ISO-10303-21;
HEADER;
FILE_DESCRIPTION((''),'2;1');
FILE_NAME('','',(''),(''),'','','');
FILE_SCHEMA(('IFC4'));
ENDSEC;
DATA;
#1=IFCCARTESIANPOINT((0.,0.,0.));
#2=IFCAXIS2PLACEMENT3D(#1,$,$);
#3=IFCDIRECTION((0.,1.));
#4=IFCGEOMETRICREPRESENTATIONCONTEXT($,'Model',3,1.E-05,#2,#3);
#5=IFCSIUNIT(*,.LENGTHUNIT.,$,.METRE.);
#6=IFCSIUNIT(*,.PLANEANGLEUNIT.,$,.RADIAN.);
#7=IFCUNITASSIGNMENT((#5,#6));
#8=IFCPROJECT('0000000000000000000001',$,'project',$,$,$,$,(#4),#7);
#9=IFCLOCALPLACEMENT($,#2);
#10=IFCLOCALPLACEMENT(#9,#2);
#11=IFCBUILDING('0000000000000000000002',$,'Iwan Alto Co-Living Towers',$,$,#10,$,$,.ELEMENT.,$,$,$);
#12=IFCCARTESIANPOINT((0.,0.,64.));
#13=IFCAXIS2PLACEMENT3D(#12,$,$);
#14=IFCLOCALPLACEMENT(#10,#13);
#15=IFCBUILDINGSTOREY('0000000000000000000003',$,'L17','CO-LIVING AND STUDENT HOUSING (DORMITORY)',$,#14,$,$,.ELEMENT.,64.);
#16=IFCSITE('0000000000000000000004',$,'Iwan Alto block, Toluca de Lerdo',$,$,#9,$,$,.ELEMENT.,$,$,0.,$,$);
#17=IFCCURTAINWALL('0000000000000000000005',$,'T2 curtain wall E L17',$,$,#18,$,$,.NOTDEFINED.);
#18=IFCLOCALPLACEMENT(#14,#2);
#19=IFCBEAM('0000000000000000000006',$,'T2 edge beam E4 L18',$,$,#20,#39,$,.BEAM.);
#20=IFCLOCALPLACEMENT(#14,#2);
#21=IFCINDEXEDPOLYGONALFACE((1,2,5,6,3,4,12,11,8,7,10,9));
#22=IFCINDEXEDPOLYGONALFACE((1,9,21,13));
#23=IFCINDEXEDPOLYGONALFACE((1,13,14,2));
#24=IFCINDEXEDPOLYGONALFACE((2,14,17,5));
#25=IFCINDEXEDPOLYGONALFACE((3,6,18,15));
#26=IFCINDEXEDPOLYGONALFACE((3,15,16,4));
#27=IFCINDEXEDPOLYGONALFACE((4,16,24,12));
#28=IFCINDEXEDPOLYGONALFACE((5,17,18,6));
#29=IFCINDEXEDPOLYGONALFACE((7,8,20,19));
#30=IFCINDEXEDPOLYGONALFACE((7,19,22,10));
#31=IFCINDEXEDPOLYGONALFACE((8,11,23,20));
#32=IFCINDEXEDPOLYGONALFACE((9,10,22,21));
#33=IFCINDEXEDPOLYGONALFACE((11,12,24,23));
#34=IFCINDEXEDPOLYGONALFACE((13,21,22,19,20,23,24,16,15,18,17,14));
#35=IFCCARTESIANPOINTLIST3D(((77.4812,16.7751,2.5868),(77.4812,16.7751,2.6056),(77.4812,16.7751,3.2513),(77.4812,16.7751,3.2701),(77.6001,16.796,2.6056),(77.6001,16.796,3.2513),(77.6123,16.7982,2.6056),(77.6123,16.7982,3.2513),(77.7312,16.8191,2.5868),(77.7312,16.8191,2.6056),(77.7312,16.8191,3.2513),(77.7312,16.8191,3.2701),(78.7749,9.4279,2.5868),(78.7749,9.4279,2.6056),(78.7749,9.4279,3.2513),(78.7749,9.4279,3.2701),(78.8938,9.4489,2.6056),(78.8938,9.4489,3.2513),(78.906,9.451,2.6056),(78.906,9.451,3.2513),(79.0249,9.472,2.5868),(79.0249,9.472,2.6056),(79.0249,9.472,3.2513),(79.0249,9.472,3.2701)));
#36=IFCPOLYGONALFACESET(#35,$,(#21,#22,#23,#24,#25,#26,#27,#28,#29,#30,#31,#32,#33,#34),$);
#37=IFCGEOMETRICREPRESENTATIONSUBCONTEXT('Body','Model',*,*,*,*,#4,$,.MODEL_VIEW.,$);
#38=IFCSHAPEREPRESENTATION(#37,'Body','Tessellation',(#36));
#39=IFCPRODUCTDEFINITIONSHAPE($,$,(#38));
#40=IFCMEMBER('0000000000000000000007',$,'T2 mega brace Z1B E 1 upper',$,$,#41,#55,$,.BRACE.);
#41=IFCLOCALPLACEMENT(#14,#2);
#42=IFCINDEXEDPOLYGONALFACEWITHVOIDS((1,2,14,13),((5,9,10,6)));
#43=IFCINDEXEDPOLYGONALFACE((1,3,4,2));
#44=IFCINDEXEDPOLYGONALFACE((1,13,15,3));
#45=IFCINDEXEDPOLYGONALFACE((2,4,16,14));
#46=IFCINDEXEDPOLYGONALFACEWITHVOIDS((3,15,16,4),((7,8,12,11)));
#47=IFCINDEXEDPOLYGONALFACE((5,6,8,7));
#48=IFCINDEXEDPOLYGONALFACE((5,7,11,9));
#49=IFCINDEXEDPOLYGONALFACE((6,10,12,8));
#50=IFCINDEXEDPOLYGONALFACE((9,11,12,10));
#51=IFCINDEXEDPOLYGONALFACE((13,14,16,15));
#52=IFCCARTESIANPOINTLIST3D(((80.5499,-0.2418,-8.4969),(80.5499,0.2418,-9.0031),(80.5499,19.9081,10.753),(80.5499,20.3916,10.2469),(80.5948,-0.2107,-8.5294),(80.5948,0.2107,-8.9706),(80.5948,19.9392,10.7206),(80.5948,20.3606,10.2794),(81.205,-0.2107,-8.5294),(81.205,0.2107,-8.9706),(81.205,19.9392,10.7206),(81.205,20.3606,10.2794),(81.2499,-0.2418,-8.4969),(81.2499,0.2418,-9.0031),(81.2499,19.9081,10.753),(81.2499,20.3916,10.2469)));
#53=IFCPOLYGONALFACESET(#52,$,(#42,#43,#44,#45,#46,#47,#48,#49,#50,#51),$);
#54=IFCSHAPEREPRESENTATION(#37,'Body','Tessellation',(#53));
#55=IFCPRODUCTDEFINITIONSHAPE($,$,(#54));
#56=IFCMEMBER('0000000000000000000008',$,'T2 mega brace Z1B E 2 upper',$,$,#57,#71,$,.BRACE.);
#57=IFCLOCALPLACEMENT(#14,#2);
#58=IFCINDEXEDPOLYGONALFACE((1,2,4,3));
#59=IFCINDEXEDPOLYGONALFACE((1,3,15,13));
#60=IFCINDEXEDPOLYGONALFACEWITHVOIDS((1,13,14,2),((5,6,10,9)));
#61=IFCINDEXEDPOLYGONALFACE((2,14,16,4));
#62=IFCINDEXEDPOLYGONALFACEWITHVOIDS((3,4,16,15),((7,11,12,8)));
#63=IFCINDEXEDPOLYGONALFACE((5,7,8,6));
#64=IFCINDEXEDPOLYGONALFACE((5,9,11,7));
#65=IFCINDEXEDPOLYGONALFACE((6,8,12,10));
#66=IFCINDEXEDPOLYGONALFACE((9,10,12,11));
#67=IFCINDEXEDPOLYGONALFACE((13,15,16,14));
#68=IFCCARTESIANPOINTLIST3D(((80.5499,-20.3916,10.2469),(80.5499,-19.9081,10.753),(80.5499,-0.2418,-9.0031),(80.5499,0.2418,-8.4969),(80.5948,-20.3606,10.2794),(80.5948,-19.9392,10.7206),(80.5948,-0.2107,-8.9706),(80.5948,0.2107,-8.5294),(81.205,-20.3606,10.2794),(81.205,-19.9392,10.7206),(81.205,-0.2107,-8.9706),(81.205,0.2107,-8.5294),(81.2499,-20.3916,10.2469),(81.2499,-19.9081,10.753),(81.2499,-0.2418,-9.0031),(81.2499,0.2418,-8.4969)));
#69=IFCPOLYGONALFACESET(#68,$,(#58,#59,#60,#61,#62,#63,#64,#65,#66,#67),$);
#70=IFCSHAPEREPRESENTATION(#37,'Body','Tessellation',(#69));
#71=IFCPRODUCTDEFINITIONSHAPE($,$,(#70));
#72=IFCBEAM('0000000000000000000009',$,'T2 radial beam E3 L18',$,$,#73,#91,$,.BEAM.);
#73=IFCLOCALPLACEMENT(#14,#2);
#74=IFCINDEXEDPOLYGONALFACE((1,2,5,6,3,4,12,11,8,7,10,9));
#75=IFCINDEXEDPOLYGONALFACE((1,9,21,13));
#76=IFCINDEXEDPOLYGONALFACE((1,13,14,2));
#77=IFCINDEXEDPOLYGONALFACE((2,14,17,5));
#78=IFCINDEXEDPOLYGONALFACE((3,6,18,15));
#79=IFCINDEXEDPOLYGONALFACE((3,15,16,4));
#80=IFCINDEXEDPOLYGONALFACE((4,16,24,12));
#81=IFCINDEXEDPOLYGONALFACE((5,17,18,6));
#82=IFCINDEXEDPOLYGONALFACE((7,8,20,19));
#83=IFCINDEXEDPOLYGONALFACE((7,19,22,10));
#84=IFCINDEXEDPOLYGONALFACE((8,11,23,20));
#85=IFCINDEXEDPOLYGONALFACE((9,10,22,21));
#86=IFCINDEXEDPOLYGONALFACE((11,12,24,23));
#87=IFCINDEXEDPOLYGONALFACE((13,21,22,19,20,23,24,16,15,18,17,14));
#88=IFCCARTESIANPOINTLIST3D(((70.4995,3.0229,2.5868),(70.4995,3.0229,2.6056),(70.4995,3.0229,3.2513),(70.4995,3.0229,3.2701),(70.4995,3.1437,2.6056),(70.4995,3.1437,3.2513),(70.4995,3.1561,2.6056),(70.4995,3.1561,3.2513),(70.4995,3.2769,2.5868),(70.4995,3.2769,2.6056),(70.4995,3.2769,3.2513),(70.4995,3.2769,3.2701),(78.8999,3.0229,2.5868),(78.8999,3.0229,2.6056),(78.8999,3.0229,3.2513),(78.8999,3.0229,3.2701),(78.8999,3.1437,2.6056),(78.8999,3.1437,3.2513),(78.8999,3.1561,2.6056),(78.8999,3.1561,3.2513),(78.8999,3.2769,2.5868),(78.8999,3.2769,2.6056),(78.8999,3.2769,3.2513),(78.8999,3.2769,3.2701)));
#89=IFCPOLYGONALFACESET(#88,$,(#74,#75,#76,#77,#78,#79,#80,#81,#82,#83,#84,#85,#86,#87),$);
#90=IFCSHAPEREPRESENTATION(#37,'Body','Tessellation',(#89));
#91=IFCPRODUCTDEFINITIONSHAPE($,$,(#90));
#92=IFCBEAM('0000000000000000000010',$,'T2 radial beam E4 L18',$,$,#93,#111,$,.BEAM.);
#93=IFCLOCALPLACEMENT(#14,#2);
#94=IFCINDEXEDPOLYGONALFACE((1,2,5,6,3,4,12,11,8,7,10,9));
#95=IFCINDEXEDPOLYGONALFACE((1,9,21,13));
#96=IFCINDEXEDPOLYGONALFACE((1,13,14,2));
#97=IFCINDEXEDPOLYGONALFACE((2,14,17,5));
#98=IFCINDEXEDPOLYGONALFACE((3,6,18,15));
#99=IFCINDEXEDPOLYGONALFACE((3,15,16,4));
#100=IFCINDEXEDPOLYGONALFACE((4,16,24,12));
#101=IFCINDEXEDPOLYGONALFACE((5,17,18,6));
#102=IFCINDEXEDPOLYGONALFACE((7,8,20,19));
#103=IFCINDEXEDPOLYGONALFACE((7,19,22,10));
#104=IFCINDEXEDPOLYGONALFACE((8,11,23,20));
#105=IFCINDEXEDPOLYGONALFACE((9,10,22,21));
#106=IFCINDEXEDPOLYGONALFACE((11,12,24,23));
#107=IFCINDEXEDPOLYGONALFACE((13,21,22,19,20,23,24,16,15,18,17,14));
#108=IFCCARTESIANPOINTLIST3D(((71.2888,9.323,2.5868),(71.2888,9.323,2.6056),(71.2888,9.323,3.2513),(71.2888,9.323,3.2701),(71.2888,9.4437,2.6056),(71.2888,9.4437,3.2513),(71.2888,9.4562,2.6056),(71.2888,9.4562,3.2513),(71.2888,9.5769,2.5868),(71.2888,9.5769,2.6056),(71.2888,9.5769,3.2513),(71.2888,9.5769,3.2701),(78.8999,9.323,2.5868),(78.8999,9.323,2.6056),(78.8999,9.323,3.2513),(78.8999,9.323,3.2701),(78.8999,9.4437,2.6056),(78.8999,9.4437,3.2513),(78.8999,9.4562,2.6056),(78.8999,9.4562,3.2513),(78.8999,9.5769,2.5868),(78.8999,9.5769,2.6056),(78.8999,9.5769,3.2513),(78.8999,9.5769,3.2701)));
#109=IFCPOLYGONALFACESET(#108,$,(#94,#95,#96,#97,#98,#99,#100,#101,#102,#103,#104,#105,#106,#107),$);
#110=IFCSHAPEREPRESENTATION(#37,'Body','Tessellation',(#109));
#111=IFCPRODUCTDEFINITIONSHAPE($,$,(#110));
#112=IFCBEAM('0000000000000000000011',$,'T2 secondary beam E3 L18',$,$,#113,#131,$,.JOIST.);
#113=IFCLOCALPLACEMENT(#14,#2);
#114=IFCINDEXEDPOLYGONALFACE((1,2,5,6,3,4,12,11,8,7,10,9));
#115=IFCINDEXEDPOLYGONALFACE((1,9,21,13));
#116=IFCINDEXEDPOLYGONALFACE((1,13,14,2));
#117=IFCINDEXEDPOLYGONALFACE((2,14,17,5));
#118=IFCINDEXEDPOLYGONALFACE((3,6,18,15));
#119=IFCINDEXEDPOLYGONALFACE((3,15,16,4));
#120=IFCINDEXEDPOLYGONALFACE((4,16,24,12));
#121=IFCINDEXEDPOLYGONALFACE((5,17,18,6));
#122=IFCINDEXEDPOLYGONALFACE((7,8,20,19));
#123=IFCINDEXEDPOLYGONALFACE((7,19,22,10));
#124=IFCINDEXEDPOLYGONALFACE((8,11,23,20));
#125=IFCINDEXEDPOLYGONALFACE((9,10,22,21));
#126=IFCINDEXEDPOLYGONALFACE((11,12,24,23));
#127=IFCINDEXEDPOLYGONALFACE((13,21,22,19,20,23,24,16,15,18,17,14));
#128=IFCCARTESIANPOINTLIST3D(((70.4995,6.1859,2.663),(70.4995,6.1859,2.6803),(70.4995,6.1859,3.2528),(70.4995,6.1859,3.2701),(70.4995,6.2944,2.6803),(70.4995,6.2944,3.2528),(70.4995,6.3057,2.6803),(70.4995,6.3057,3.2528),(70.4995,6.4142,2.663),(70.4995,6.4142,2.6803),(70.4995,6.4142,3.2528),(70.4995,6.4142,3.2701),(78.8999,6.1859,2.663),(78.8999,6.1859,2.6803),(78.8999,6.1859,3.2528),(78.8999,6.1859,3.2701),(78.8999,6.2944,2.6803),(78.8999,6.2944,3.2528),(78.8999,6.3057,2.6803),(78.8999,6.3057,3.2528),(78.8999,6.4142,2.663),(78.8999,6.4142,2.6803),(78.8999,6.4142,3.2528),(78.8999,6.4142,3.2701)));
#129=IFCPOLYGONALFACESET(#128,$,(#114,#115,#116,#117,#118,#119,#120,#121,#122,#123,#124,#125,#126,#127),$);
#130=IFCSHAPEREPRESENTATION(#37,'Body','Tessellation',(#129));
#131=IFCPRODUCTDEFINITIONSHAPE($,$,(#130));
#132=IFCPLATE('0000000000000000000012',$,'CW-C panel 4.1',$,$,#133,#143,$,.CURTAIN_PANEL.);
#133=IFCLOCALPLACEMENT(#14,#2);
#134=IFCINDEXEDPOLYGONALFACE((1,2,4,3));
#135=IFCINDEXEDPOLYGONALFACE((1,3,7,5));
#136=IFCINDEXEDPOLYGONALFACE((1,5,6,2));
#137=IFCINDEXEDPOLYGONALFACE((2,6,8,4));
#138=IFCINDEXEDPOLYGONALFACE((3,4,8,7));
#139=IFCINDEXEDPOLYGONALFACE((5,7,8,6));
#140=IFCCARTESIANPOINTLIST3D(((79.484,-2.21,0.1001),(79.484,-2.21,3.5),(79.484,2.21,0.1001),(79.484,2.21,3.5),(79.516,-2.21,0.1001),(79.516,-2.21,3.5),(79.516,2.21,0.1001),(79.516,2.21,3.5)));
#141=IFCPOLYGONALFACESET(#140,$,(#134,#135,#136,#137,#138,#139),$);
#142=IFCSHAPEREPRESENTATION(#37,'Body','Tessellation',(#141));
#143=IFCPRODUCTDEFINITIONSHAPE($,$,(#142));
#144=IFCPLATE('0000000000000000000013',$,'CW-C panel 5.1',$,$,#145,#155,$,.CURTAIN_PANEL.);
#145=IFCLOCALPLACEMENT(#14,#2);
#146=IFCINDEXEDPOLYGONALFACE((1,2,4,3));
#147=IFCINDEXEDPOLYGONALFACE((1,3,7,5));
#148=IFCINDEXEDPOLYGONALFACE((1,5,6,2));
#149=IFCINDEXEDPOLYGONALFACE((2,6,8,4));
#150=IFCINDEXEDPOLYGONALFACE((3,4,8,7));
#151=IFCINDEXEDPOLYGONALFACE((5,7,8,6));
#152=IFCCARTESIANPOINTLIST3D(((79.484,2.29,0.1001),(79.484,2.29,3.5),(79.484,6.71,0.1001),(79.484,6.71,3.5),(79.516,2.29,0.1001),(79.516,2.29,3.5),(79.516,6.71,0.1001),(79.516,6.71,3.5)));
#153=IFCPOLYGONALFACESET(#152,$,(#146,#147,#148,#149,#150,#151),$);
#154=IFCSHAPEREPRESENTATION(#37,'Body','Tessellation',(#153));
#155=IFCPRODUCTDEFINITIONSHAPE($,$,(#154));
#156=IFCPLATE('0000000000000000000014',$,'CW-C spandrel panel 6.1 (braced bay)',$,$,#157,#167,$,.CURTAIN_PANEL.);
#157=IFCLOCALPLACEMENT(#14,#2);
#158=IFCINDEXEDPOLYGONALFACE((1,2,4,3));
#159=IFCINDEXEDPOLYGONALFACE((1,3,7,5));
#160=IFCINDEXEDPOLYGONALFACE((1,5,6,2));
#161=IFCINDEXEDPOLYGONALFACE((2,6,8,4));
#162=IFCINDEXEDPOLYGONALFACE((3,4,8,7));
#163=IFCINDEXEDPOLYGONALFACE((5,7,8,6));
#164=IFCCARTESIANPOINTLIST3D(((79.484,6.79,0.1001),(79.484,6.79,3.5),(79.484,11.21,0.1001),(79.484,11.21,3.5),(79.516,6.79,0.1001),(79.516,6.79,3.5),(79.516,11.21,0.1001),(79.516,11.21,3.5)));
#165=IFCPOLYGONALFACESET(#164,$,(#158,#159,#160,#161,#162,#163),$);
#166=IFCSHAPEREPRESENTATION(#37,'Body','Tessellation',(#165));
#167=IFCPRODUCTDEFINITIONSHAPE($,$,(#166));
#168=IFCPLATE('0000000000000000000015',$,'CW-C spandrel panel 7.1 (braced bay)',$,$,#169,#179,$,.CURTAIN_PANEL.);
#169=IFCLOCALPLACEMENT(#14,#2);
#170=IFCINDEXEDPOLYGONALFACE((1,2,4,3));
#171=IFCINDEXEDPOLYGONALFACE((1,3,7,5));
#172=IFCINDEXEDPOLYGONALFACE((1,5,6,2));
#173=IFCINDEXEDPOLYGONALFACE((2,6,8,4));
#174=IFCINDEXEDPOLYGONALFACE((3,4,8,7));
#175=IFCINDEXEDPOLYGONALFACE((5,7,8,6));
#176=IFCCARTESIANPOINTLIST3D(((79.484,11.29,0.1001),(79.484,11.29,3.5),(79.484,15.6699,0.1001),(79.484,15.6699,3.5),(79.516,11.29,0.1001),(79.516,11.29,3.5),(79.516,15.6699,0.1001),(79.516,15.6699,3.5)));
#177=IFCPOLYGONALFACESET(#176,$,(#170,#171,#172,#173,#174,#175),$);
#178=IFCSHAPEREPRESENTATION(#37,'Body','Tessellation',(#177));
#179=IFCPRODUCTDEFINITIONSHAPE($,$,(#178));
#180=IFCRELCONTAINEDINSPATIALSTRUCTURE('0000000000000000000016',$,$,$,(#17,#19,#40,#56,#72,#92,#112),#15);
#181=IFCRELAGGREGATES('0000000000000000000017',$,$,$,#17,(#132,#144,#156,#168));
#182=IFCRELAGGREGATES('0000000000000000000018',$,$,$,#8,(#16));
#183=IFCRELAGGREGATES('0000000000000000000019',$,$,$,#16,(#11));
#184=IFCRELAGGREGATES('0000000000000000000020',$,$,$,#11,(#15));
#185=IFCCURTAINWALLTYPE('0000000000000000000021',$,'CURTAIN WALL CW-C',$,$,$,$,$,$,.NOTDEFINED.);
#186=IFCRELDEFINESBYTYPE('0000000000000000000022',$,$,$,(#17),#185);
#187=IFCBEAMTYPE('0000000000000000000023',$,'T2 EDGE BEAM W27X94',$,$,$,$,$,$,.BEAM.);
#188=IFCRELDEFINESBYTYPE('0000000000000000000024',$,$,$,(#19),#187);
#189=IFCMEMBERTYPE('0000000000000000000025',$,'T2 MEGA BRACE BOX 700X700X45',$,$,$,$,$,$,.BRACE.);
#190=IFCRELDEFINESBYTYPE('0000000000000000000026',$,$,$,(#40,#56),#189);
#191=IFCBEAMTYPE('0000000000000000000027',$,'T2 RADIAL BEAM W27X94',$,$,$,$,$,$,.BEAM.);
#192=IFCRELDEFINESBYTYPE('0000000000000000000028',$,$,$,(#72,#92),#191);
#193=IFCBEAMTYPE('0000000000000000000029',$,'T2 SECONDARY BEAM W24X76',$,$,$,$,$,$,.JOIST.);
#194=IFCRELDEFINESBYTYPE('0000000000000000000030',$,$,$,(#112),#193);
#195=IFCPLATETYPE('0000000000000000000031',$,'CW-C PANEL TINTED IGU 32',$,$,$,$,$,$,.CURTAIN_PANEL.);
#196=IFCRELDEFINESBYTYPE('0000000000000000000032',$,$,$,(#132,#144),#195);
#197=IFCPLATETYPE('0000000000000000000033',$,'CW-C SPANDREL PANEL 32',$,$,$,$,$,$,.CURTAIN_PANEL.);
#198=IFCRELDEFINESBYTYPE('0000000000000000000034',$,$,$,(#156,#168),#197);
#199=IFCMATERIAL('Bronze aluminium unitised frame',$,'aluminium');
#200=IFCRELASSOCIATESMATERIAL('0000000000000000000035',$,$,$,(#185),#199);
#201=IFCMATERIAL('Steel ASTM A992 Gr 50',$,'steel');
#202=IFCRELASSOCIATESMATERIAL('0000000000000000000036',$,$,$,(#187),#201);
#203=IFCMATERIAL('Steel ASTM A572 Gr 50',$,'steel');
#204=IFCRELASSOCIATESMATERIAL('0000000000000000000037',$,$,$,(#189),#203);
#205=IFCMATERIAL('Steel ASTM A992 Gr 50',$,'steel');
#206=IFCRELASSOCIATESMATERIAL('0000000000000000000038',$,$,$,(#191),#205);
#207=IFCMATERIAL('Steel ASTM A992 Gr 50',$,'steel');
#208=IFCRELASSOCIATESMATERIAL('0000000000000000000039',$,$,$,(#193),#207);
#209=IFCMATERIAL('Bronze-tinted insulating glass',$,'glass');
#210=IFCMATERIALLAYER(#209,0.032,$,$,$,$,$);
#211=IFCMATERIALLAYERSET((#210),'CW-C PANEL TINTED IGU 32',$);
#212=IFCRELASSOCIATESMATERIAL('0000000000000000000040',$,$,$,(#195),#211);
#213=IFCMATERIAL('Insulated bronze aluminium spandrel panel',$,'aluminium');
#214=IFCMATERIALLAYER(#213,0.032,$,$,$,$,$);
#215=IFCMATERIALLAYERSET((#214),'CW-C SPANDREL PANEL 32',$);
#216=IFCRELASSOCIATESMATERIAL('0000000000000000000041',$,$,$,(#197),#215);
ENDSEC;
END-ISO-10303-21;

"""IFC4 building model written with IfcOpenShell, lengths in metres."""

from ifc_helpers import new_model, si_unit, direction, frame, origin, origin_2d, place, context, subcontext, project, spatial, rectangle, hollow_rectangle, i_section, extrude, material, layer, layer_set, material_profile, profile_set, type_object, element, aggregate, save


model = new_model("IFC4")

# Units and contexts
model_context = context("Model", 3, precision=1e-05, world=origin(), true_north=direction((0.0, 1.0)))
body_context = subcontext(model_context, "Body", "Model", "MODEL_VIEW")
ifc_project = project(units=[si_unit("LENGTHUNIT", "METRE"), si_unit("PLANEANGLEUNIT", "RADIAN")], contexts=[model_context])

# Site, building, storey
site_placement = place(None, origin())
site = spatial("IfcSite", under=ifc_project, at=site_placement, Name="Iwan Alto block, Toluca de Lerdo", CompositionType="ELEMENT", RefElevation=0.0)
building_placement = place(site_placement, origin())
building = spatial("IfcBuilding", under=site, at=building_placement, Name="Iwan Alto Co-Living Towers", CompositionType="ELEMENT")
storey_placement = place(building_placement, frame((0.0, 0.0, 64.0)))
storey = spatial("IfcBuildingStorey", under=building, at=storey_placement, Name="L17", Description="CO-LIVING AND STUDENT HOUSING (DORMITORY)", CompositionType="ELEMENT", Elevation=64.0)

# Curtain wall
ifc_material_1 = material(Name="Bronze aluminium unitised frame", Category="aluminium")
curtain_wall_type = type_object("IfcCurtainWallType", Name="CURTAIN WALL CW-C", PredefinedType="NOTDEFINED", material=ifc_material_1)
curtain_wall_placement = place(storey_placement, origin())
curtain_wall = element("IfcCurtainWall", 1, at=curtain_wall_placement, inside=storey, type_object=curtain_wall_type, Name="T2 curtain wall E L17", PredefinedType="NOTDEFINED")

# Beam
ifc_material_2 = material(Name="Steel ASTM A992 Gr 50", Category="steel")
ifc_material_profile_1 = material_profile(ifc_material_2, i_section(OverallWidth=0.2539, OverallDepth=0.6833, WebThickness=0.0125, FlangeThickness=0.0188, at=origin_2d()), Name="W27X94")
ifc_profile_set_1 = profile_set([ifc_material_profile_1], Name="Steel ASTM A992 Gr 50")
beam_type_1 = type_object("IfcBeamType", Name="T2 EDGE BEAM W27X94", PredefinedType="BEAM", material=ifc_profile_set_1)
beam_1_placement = place(storey_placement, frame((78.8999, 9.45, 2.9285), z_axis=(-0.173414, 0.984849, 0.0), x_axis=(-0.984849, -0.173414, 0.0)))
element("IfcBeam", 2, at=beam_1_placement, inside=storey, type_object=beam_type_1, Name="T2 edge beam E4 L18", PredefinedType="BEAM", context=body_context, shape_type="SweptSolid", body=[
    extrude(i_section(OverallWidth=0.2539, OverallDepth=0.6833, WebThickness=0.0125, FlangeThickness=0.0188, at=origin_2d()), origin(), (0.0, 0.0, 1.0), 7.4602),
])

# Members
ifc_material_3 = material(Name="Steel ASTM A572 Gr 50", Category="steel")
ifc_material_profile_2 = material_profile(ifc_material_3, hollow_rectangle(XDim=0.7, YDim=0.7, WallThickness=0.0449, at=origin_2d()), Name="BOX 700X700X45")
ifc_profile_set_2 = profile_set([ifc_material_profile_2], Name="Steel ASTM A572 Gr 50")
member_type_1 = type_object("IfcMemberType", Name="T2 MEGA BRACE BOX 700X700X45", PredefinedType="BRACE", material=ifc_profile_set_2)
for number, where, z_axis, x_axis, name in (
    (3, (80.8999, 0.0, -8.75), (0.0, 0.723069, 0.690776), (-1.0, 0.0, 0.0), "T2 mega brace Z1B E 1 upper"),
    (4, (80.8999, 0.0, -8.75), (0.0, -0.723069, 0.690776), (1.0, 0.0, 0.0), "T2 mega brace Z1B E 2 upper"),
):
    element("IfcMember", number, at=place(storey_placement, frame(where, z_axis=z_axis, x_axis=x_axis)), inside=storey, type_object=member_type_1, Name=name, PredefinedType="BRACE", context=body_context, shape_type="SweptSolid", body=[
        extrude(hollow_rectangle(XDim=0.7, YDim=0.7, WallThickness=0.0449, at=origin_2d()), origin(), (0.0, 0.0, 1.0), 27.8672),
    ])

# Beams
ifc_material_4 = material(Name="Steel ASTM A992 Gr 50", Category="steel")
ifc_material_profile_3 = material_profile(ifc_material_4, i_section(OverallWidth=0.2539, OverallDepth=0.6833, WebThickness=0.0125, FlangeThickness=0.0188, at=origin_2d()), Name="W27X94")
ifc_profile_set_3 = profile_set([ifc_material_profile_3], Name="Steel ASTM A992 Gr 50")
beam_type_2 = type_object("IfcBeamType", Name="T2 RADIAL BEAM W27X94", PredefinedType="BEAM", material=ifc_profile_set_3)
beam_2_placement = place(storey_placement, frame((78.8999, 3.1499, 2.9285), z_axis=(-1.0, 0.0, 0.0), x_axis=(0.0, -1.0, 0.0)))
element("IfcBeam", 5, at=beam_2_placement, inside=storey, type_object=beam_type_2, Name="T2 radial beam E3 L18", PredefinedType="BEAM", context=body_context, shape_type="SweptSolid", body=[
    extrude(i_section(OverallWidth=0.2539, OverallDepth=0.6833, WebThickness=0.0125, FlangeThickness=0.0188, at=origin_2d()), origin(), (0.0, 0.0, 1.0), 8.4004),
])
beam_3_placement = place(storey_placement, frame((78.8999, 9.45, 2.9285), z_axis=(-1.0, 0.0, 0.0), x_axis=(0.0, -1.0, 0.0)))
element("IfcBeam", 6, at=beam_3_placement, inside=storey, type_object=beam_type_2, Name="T2 radial beam E4 L18", PredefinedType="BEAM", context=body_context, shape_type="SweptSolid", body=[
    extrude(i_section(OverallWidth=0.2539, OverallDepth=0.6833, WebThickness=0.0125, FlangeThickness=0.0188, at=origin_2d()), origin(), (0.0, 0.0, 1.0), 7.6111),
])
ifc_material_5 = material(Name="Steel ASTM A992 Gr 50", Category="steel")
ifc_material_profile_4 = material_profile(ifc_material_5, i_section(OverallWidth=0.2283, OverallDepth=0.6072, WebThickness=0.0112, FlangeThickness=0.0173, at=origin_2d()), Name="W24X76")
ifc_profile_set_4 = profile_set([ifc_material_profile_4], Name="Steel ASTM A992 Gr 50")
beam_type_3 = type_object("IfcBeamType", Name="T2 SECONDARY BEAM W24X76", PredefinedType="JOIST", material=ifc_profile_set_4)
beam_4_placement = place(storey_placement, frame((78.8999, 6.3, 2.9666), z_axis=(-1.0, 0.0, 0.0), x_axis=(0.0, -1.0, 0.0)))
element("IfcBeam", 7, at=beam_4_placement, inside=storey, type_object=beam_type_3, Name="T2 secondary beam E3 L18", PredefinedType="JOIST", context=body_context, shape_type="SweptSolid", body=[
    extrude(i_section(OverallWidth=0.2283, OverallDepth=0.6072, WebThickness=0.0112, FlangeThickness=0.0173, at=origin_2d()), origin(), (0.0, 0.0, 1.0), 8.4004),
])

# Plates
ifc_material_6 = material(Name="Bronze-tinted insulating glass", Category="glass")
ifc_layer_1 = layer(ifc_material_6, 0.032)
ifc_layer_set_1 = layer_set([ifc_layer_1], Name="CW-C PANEL TINTED IGU 32")
plate_type_1 = type_object("IfcPlateType", Name="CW-C PANEL TINTED IGU 32", PredefinedType="CURTAIN_PANEL", material=ifc_layer_set_1)
plate_1_placement = place(storey_placement, frame((79.5, 0.0, 0.1001), z_axis=(0.0, 0.0, 1.0), x_axis=(0.0, 1.0, 0.0)))
plate_1 = element("IfcPlate", 8, at=plate_1_placement, type_object=plate_type_1, Name="CW-C panel 4.1", PredefinedType="CURTAIN_PANEL", context=body_context, shape_type="SweptSolid", body=[
    extrude(rectangle(XDim=4.4199, YDim=0.032, at=origin_2d()), origin(), (0.0, 0.0, 1.0), 3.3999),
])
plate_2_placement = place(storey_placement, frame((79.5, 4.5, 0.1001), z_axis=(0.0, 0.0, 1.0), x_axis=(0.0, 1.0, 0.0)))
plate_2 = element("IfcPlate", 9, at=plate_2_placement, type_object=plate_type_1, Name="CW-C panel 5.1", PredefinedType="CURTAIN_PANEL", context=body_context, shape_type="SweptSolid", body=[
    extrude(rectangle(XDim=4.4199, YDim=0.032, at=origin_2d()), origin(), (0.0, 0.0, 1.0), 3.3999),
])
ifc_material_7 = material(Name="Insulated bronze aluminium spandrel panel", Category="aluminium")
ifc_layer_2 = layer(ifc_material_7, 0.032)
ifc_layer_set_2 = layer_set([ifc_layer_2], Name="CW-C SPANDREL PANEL 32")
plate_type_2 = type_object("IfcPlateType", Name="CW-C SPANDREL PANEL 32", PredefinedType="CURTAIN_PANEL", material=ifc_layer_set_2)
plate_3_placement = place(storey_placement, frame((79.5, 9.0, 0.1001), z_axis=(0.0, 0.0, 1.0), x_axis=(0.0, 1.0, 0.0)))
plate_3 = element("IfcPlate", 10, at=plate_3_placement, type_object=plate_type_2, Name="CW-C spandrel panel 6.1 (braced bay)", PredefinedType="CURTAIN_PANEL", context=body_context, shape_type="SweptSolid", body=[
    extrude(rectangle(XDim=4.4199, YDim=0.032, at=origin_2d()), origin(), (0.0, 0.0, 1.0), 3.3999),
])
plate_4_placement = place(storey_placement, frame((79.5, 13.48, 0.1001), z_axis=(0.0, 0.0, 1.0), x_axis=(0.0, 1.0, 0.0)))
plate_4 = element("IfcPlate", 11, at=plate_4_placement, type_object=plate_type_2, Name="CW-C spandrel panel 7.1 (braced bay)", PredefinedType="CURTAIN_PANEL", context=body_context, shape_type="SweptSolid", body=[
    extrude(rectangle(XDim=4.3799, YDim=0.032, at=origin_2d()), origin(), (0.0, 0.0, 1.0), 3.3999),
])
aggregate(curtain_wall, [plate_1, plate_2, plate_3, plate_4])

save(model, "model.ifc")
